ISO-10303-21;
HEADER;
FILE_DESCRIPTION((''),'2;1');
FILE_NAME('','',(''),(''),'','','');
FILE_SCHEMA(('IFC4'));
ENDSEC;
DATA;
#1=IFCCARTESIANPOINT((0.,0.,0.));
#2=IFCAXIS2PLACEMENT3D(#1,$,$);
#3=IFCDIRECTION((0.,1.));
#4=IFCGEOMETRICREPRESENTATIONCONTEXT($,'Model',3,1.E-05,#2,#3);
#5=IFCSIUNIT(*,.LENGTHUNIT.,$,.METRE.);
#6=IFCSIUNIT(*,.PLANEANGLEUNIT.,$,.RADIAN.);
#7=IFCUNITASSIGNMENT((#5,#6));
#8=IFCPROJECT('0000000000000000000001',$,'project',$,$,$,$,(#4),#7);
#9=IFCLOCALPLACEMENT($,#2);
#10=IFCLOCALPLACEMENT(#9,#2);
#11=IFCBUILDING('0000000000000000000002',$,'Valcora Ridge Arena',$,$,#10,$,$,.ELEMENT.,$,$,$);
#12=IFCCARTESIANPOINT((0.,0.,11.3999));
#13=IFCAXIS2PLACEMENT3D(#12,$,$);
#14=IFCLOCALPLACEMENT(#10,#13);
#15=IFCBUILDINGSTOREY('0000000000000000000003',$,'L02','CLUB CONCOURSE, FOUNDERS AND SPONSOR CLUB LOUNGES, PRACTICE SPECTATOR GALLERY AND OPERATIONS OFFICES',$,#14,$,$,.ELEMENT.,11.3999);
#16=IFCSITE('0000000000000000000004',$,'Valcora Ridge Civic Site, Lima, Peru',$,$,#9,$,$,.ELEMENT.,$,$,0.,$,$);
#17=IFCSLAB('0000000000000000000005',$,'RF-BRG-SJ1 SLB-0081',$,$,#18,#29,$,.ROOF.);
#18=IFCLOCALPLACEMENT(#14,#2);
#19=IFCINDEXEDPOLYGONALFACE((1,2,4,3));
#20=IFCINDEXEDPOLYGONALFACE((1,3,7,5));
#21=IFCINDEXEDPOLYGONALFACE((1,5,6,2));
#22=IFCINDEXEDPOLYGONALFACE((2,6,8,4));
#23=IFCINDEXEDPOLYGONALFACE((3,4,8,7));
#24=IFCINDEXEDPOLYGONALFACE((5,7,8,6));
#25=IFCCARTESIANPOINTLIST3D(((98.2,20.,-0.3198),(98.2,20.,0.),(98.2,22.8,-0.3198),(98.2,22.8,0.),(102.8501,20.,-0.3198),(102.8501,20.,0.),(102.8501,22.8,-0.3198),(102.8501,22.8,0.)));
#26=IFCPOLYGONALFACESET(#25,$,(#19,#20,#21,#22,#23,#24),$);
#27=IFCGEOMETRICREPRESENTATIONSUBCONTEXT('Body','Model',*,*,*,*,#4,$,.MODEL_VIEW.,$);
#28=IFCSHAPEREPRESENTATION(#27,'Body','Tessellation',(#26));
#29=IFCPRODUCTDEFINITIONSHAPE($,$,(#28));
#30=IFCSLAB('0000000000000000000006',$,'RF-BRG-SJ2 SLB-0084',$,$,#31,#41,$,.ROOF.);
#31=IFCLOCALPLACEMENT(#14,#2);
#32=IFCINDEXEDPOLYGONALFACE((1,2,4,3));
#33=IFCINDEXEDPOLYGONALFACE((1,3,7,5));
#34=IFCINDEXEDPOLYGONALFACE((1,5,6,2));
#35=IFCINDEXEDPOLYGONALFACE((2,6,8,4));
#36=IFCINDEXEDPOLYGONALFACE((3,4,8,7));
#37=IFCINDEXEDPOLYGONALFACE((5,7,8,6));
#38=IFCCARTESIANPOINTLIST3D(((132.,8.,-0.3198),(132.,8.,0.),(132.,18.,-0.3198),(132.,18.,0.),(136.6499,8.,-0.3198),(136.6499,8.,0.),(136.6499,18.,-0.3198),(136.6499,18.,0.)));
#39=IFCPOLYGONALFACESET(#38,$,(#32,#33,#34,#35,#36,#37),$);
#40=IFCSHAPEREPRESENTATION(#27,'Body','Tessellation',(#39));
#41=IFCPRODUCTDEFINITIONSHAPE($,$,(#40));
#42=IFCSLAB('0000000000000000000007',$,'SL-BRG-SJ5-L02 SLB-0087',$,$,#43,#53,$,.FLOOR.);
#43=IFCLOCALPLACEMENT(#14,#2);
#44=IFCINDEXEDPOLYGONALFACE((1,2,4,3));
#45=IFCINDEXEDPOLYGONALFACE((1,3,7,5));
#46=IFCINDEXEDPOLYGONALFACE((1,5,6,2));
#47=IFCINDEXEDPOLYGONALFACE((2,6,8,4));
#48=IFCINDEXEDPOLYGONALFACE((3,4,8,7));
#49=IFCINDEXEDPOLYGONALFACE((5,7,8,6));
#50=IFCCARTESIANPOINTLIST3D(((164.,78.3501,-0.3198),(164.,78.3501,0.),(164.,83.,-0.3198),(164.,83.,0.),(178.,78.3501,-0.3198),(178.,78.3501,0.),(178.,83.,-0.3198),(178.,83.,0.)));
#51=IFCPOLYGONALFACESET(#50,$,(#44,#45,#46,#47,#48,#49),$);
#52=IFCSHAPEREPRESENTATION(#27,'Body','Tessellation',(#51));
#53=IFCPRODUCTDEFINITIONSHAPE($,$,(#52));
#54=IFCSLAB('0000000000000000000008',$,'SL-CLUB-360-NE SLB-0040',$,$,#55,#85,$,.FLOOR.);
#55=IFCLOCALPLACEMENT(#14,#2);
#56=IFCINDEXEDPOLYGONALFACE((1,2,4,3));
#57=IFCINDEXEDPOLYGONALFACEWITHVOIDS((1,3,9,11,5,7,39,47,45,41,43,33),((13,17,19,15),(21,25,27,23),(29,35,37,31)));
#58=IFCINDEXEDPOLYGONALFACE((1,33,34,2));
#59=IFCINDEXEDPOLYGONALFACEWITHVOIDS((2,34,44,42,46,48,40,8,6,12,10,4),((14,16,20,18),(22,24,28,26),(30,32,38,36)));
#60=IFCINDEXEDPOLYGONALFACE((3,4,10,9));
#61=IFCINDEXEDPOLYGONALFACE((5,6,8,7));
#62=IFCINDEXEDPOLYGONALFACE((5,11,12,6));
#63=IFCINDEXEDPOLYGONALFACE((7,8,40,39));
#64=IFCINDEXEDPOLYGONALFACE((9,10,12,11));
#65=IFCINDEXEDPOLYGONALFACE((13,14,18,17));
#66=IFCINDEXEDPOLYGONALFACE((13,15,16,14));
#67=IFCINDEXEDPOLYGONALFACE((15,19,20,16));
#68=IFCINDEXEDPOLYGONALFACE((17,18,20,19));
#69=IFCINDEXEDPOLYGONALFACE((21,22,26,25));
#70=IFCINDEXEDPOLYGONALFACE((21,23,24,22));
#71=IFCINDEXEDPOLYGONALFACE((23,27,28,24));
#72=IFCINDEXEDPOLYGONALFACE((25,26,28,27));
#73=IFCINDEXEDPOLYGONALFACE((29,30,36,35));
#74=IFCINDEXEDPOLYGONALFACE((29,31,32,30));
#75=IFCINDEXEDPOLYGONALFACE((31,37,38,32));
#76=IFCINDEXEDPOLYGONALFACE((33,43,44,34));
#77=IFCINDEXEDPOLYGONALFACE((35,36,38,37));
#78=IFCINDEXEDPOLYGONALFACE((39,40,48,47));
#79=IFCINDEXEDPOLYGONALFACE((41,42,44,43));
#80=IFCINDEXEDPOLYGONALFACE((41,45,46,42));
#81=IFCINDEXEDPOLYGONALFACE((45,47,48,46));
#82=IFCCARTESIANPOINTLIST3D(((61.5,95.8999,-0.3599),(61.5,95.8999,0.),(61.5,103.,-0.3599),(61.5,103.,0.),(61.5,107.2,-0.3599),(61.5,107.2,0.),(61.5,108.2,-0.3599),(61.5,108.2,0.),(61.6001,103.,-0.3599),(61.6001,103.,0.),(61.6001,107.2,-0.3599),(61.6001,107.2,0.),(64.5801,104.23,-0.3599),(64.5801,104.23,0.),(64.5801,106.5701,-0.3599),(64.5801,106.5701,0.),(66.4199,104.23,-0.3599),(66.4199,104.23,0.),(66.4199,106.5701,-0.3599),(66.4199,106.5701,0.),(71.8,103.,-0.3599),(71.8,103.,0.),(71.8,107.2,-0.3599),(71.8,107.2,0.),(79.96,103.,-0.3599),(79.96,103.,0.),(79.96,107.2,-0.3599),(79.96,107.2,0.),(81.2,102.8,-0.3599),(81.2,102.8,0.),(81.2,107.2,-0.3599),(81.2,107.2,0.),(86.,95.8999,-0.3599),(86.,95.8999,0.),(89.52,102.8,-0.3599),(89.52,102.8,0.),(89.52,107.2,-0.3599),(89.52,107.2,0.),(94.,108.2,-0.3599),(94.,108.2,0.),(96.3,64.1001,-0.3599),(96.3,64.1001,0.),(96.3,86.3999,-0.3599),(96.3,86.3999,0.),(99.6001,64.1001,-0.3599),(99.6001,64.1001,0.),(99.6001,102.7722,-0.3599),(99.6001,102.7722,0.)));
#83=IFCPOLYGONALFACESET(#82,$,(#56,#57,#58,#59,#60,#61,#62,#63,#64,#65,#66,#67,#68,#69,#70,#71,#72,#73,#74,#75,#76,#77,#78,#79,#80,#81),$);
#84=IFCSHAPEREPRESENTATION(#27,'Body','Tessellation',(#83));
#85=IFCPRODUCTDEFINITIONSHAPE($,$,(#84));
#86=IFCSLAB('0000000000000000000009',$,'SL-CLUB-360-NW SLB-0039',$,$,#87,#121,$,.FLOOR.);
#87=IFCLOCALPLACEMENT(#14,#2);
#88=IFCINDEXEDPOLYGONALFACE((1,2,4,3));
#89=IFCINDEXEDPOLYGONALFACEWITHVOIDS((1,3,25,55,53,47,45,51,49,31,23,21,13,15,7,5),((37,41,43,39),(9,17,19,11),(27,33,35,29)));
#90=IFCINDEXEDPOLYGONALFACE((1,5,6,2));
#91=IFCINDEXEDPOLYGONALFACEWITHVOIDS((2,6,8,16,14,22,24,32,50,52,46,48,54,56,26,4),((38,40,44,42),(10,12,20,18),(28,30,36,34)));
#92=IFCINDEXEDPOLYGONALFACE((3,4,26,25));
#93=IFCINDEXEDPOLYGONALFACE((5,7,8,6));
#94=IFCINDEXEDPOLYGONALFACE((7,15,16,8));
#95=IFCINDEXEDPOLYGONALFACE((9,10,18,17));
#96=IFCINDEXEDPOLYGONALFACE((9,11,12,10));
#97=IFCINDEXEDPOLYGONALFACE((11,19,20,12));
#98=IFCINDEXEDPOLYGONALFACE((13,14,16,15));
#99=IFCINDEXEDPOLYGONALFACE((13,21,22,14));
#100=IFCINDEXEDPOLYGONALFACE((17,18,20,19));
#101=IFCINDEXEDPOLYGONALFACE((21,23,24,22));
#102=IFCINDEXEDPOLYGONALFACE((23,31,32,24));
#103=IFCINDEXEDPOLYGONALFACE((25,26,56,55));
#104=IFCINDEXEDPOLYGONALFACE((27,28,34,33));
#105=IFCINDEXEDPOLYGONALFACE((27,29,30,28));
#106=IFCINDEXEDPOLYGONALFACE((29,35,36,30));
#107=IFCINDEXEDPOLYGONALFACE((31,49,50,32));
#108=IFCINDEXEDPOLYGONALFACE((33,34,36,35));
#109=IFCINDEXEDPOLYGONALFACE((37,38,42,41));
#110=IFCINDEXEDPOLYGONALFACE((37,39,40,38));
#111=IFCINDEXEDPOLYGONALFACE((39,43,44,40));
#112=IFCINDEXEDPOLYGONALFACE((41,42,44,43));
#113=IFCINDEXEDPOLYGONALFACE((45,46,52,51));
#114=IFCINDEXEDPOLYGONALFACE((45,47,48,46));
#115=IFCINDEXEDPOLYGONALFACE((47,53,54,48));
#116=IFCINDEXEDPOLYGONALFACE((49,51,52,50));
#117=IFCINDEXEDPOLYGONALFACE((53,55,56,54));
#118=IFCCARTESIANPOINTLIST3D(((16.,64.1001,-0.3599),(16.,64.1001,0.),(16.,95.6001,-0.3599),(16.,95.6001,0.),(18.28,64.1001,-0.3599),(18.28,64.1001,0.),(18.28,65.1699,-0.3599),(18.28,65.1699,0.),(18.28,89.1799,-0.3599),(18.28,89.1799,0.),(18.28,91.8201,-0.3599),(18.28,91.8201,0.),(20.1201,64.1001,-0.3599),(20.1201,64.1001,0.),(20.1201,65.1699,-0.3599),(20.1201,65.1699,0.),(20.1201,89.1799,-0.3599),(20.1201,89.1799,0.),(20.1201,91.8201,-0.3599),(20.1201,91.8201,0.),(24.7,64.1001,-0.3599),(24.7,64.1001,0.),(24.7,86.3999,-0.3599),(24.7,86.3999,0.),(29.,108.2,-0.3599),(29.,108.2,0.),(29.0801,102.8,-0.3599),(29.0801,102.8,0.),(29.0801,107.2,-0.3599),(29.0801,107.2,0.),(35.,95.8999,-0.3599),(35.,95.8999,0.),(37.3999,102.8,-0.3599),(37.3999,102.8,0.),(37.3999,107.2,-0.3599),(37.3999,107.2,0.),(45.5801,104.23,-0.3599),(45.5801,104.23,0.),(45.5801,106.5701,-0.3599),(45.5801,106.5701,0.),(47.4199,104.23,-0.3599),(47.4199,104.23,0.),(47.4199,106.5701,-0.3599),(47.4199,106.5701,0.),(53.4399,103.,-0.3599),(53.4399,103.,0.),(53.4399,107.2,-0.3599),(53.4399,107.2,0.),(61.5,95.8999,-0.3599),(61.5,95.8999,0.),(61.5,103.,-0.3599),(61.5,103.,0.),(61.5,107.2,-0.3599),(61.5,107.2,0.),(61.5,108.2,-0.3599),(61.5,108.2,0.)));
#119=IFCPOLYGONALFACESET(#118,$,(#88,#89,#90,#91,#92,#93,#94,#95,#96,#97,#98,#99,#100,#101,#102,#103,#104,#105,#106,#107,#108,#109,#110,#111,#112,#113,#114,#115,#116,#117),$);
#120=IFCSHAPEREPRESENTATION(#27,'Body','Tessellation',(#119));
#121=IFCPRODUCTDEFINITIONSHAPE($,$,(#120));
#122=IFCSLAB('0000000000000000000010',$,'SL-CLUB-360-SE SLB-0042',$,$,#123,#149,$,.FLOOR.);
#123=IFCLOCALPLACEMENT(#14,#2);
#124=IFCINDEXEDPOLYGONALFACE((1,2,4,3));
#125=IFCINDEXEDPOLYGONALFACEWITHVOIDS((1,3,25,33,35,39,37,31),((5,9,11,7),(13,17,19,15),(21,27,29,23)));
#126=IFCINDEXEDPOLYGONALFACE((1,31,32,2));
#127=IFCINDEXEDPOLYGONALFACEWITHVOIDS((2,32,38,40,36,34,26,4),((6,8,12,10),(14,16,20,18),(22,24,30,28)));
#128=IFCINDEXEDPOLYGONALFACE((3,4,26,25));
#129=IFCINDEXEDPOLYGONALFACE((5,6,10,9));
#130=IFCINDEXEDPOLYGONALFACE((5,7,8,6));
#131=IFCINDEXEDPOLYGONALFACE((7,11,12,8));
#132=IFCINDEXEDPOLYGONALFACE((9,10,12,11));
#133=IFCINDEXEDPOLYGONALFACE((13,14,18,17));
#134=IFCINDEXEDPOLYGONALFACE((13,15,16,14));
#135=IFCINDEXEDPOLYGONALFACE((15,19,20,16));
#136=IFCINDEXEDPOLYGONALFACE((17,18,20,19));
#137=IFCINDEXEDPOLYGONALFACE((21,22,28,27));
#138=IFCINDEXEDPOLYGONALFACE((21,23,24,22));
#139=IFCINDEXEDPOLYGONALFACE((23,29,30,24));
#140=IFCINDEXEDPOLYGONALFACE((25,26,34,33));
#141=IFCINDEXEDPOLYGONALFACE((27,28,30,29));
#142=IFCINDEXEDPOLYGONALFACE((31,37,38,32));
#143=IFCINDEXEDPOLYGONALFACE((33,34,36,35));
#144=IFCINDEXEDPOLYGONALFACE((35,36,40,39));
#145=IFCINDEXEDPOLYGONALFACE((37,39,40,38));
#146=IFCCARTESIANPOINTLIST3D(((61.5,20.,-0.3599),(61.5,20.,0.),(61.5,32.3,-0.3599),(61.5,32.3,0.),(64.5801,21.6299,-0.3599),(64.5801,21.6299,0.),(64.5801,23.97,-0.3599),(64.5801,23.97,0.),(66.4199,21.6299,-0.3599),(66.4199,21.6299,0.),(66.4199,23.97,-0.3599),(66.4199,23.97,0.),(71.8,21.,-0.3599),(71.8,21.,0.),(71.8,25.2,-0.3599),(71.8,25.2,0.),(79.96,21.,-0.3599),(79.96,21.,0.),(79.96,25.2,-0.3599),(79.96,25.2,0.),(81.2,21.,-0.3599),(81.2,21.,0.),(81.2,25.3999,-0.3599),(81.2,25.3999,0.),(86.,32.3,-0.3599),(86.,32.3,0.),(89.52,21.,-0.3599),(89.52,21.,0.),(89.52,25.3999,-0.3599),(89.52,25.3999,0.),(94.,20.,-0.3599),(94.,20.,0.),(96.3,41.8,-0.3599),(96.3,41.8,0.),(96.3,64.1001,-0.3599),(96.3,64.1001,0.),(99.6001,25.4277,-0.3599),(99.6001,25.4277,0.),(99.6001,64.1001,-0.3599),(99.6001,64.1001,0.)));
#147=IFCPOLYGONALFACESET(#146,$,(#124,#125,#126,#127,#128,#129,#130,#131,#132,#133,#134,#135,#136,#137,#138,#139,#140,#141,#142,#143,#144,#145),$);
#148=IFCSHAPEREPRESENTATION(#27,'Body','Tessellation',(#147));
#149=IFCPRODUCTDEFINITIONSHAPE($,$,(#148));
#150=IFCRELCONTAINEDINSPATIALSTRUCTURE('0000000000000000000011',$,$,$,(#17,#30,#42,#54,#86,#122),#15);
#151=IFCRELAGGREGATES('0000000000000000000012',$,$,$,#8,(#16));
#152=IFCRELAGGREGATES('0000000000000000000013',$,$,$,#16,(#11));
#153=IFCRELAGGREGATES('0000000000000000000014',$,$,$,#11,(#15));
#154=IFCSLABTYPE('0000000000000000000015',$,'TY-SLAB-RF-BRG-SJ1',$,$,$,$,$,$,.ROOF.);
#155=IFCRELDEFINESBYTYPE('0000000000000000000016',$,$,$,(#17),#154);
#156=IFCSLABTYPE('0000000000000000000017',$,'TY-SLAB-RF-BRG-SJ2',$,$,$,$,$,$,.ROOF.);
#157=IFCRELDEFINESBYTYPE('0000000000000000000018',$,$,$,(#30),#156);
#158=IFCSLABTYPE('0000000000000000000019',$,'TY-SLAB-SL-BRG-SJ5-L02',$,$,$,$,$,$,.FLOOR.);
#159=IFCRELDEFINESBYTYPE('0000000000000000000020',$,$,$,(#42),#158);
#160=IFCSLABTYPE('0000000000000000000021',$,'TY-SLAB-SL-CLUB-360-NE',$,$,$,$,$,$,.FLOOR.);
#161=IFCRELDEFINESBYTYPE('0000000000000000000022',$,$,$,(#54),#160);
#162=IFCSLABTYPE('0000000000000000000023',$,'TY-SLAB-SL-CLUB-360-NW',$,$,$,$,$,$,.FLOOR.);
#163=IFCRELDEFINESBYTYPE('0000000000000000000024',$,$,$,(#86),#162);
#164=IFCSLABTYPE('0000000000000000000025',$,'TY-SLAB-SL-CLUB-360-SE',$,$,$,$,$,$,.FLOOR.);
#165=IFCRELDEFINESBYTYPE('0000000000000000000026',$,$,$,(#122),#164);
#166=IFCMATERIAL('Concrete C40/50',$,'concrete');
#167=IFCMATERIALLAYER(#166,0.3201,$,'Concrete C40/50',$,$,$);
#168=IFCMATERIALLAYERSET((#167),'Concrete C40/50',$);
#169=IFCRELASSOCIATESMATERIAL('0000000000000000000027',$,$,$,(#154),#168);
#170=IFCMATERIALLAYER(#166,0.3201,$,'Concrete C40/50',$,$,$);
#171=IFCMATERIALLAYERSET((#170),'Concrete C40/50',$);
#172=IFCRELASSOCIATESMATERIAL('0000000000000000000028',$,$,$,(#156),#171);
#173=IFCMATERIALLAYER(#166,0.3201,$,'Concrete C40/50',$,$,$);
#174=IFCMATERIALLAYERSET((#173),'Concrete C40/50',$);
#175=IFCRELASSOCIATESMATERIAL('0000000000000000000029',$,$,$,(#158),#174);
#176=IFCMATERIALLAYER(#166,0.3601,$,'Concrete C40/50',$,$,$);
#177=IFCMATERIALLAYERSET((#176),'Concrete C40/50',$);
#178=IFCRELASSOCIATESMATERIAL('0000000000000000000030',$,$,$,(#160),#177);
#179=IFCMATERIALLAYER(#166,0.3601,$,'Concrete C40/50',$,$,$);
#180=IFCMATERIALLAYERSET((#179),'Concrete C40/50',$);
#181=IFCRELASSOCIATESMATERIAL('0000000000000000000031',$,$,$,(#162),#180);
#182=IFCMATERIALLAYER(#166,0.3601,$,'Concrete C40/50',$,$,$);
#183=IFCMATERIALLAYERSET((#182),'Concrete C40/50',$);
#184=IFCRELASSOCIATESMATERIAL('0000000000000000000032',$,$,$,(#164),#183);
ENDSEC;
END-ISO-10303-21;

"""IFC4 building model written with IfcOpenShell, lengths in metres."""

from ifc_helpers import new_model, si_unit, direction, frame, origin, place, context, subcontext, project, spatial, polyline, outline, extrude, material, layer, layer_set, type_object, element, save


model = new_model("IFC4")

# Units and contexts
model_context = context("Model", 3, precision=1e-05, world=origin(), true_north=direction((0.0, 1.0)))
body_context = subcontext(model_context, "Body", "Model", "MODEL_VIEW")
ifc_project = project(units=[si_unit("LENGTHUNIT", "METRE"), si_unit("PLANEANGLEUNIT", "RADIAN")], contexts=[model_context])

# Site, building, storey
site_placement = place(None, origin())
site = spatial("IfcSite", under=ifc_project, at=site_placement, Name="Valcora Ridge Civic Site, Lima, Peru", CompositionType="ELEMENT", RefElevation=0.0)
building_placement = place(site_placement, origin())
building = spatial("IfcBuilding", under=site, at=building_placement, Name="Valcora Ridge Arena", CompositionType="ELEMENT")
storey_placement = place(building_placement, frame((0.0, 0.0, 11.3999)))
storey = spatial("IfcBuildingStorey", under=building, at=storey_placement, Name="L02", Description="CLUB CONCOURSE, FOUNDERS AND SPONSOR CLUB LOUNGES, PRACTICE SPECTATOR GALLERY AND OPERATIONS OFFICES", CompositionType="ELEMENT", Elevation=11.3999)

# Slabs
ifc_material_1 = material(Name="Concrete C40/50", Category="concrete")
ifc_layer_1 = layer(ifc_material_1, 0.3201, Name="Concrete C40/50")
ifc_layer_set_1 = layer_set([ifc_layer_1], Name="Concrete C40/50")
slab_type_1 = type_object("IfcSlabType", Name="TY-SLAB-RF-BRG-SJ1", PredefinedType="ROOF", material=ifc_layer_set_1)
slab_1_placement = place(storey_placement, frame((0.0, 0.0, -0.3198)))
element("IfcSlab", 1, at=slab_1_placement, inside=storey, type_object=slab_type_1, Name="RF-BRG-SJ1 SLB-0081", PredefinedType="ROOF", context=body_context, shape_type="SweptSolid", body=[
    extrude(outline(polyline([(102.8501, 20.0), (102.8501, 22.8), (98.2, 22.8), (98.2, 20.0), (102.8501, 20.0)])), origin(), (0.0, 0.0, 1.0), 0.3198),
])
ifc_layer_2 = layer(ifc_material_1, 0.3201, Name="Concrete C40/50")
ifc_layer_set_2 = layer_set([ifc_layer_2], Name="Concrete C40/50")
slab_type_2 = type_object("IfcSlabType", Name="TY-SLAB-RF-BRG-SJ2", PredefinedType="ROOF", material=ifc_layer_set_2)
slab_2_placement = place(storey_placement, frame((0.0, 0.0, -0.3198)))
element("IfcSlab", 2, at=slab_2_placement, inside=storey, type_object=slab_type_2, Name="RF-BRG-SJ2 SLB-0084", PredefinedType="ROOF", context=body_context, shape_type="SweptSolid", body=[
    extrude(outline(polyline([(136.6499, 8.0), (136.6499, 18.0), (132.0, 18.0), (132.0, 8.0), (136.6499, 8.0)])), origin(), (0.0, 0.0, 1.0), 0.3198),
])

# Slabs
ifc_layer_3 = layer(ifc_material_1, 0.3201, Name="Concrete C40/50")
ifc_layer_set_3 = layer_set([ifc_layer_3], Name="Concrete C40/50")
slab_type_3 = type_object("IfcSlabType", Name="TY-SLAB-SL-BRG-SJ5-L02", PredefinedType="FLOOR", material=ifc_layer_set_3)
slab_3_placement = place(storey_placement, frame((0.0, 0.0, -0.3198)))
element("IfcSlab", 3, at=slab_3_placement, inside=storey, type_object=slab_type_3, Name="SL-BRG-SJ5-L02 SLB-0087", PredefinedType="FLOOR", context=body_context, shape_type="SweptSolid", body=[
    extrude(outline(polyline([(178.0, 78.3501), (178.0, 83.0), (164.0, 83.0), (164.0, 78.3501), (178.0, 78.3501)])), origin(), (0.0, 0.0, 1.0), 0.3198),
])
ifc_layer_4 = layer(ifc_material_1, 0.3601, Name="Concrete C40/50")
ifc_layer_set_4 = layer_set([ifc_layer_4], Name="Concrete C40/50")
slab_type_4 = type_object("IfcSlabType", Name="TY-SLAB-SL-CLUB-360-NE", PredefinedType="FLOOR", material=ifc_layer_set_4)
slab_4_placement = place(storey_placement, frame((0.0, 0.0, -0.3599)))
element("IfcSlab", 4, at=slab_4_placement, inside=storey, type_object=slab_type_4, Name="SL-CLUB-360-NE SLB-0040", PredefinedType="FLOOR", context=body_context, shape_type="SweptSolid", body=[
    extrude(outline(polyline([(94.0, 108.2), (61.5, 108.2), (61.5, 107.2), (61.6001, 107.2), (61.6001, 103.0), (61.5, 103.0), (61.5, 95.8999), (86.0, 95.8999), (96.3, 86.3999), (96.3, 64.1001), (99.6001, 64.1001), (99.6001, 102.7722), (94.0, 108.2)]), holes=[polyline([(81.2, 107.2), (81.2, 102.8), (89.52, 102.8), (89.52, 107.2), (81.2, 107.2)]), polyline([(71.8, 107.2), (71.8, 103.0), (79.96, 103.0), (79.96, 107.2), (71.8, 107.2)]), polyline([(66.4199, 106.5701), (64.5801, 106.5701), (64.5801, 104.23), (66.4199, 104.23), (66.4199, 106.5701)])]), origin(), (0.0, 0.0, 1.0), 0.3599),
])
ifc_layer_5 = layer(ifc_material_1, 0.3601, Name="Concrete C40/50")
ifc_layer_set_5 = layer_set([ifc_layer_5], Name="Concrete C40/50")
slab_type_5 = type_object("IfcSlabType", Name="TY-SLAB-SL-CLUB-360-NW", PredefinedType="FLOOR", material=ifc_layer_set_5)
slab_5_placement = place(storey_placement, frame((0.0, 0.0, -0.3599)))
element("IfcSlab", 5, at=slab_5_placement, inside=storey, type_object=slab_type_5, Name="SL-CLUB-360-NW SLB-0039", PredefinedType="FLOOR", context=body_context, shape_type="SweptSolid", body=[
    extrude(outline(polyline([(16.0, 95.6001), (16.0, 64.1001), (18.28, 64.1001), (18.28, 65.1699), (20.1201, 65.1699), (20.1201, 64.1001), (24.7, 64.1001), (24.7, 86.3999), (35.0, 95.8999), (61.5, 95.8999), (61.5, 103.0), (53.4399, 103.0), (53.4399, 107.2), (61.5, 107.2), (61.5, 108.2), (29.0, 108.2), (16.0, 95.6001)]), holes=[polyline([(29.0801, 107.2), (29.0801, 102.8), (37.3999, 102.8), (37.3999, 107.2), (29.0801, 107.2)]), polyline([(20.1201, 91.8201), (18.28, 91.8201), (18.28, 89.1799), (20.1201, 89.1799), (20.1201, 91.8201)]), polyline([(45.5801, 106.5701), (45.5801, 104.23), (47.4199, 104.23), (47.4199, 106.5701), (45.5801, 106.5701)])]), origin(), (0.0, 0.0, 1.0), 0.3599),
])
ifc_layer_6 = layer(ifc_material_1, 0.3601, Name="Concrete C40/50")
ifc_layer_set_6 = layer_set([ifc_layer_6], Name="Concrete C40/50")
slab_type_6 = type_object("IfcSlabType", Name="TY-SLAB-SL-CLUB-360-SE", PredefinedType="FLOOR", material=ifc_layer_set_6)
slab_6_placement = place(storey_placement, frame((0.0, 0.0, -0.3599)))
element("IfcSlab", 6, at=slab_6_placement, inside=storey, type_object=slab_type_6, Name="SL-CLUB-360-SE SLB-0042", PredefinedType="FLOOR", context=body_context, shape_type="SweptSolid", body=[
    extrude(outline(polyline([(99.6001, 25.4277), (99.6001, 64.1001), (96.3, 64.1001), (96.3, 41.8), (86.0, 32.3), (61.5, 32.3), (61.5, 20.0), (94.0, 20.0), (99.6001, 25.4277)]), holes=[polyline([(71.8, 25.2), (71.8, 21.0), (79.96, 21.0), (79.96, 25.2), (71.8, 25.2)]), polyline([(81.2, 21.0), (89.52, 21.0), (89.52, 25.3999), (81.2, 25.3999), (81.2, 21.0)]), polyline([(66.4199, 23.97), (64.5801, 23.97), (64.5801, 21.6299), (66.4199, 21.6299), (66.4199, 23.97)])]), origin(), (0.0, 0.0, 1.0), 0.3599),
])

save(model, "model.ifc")
